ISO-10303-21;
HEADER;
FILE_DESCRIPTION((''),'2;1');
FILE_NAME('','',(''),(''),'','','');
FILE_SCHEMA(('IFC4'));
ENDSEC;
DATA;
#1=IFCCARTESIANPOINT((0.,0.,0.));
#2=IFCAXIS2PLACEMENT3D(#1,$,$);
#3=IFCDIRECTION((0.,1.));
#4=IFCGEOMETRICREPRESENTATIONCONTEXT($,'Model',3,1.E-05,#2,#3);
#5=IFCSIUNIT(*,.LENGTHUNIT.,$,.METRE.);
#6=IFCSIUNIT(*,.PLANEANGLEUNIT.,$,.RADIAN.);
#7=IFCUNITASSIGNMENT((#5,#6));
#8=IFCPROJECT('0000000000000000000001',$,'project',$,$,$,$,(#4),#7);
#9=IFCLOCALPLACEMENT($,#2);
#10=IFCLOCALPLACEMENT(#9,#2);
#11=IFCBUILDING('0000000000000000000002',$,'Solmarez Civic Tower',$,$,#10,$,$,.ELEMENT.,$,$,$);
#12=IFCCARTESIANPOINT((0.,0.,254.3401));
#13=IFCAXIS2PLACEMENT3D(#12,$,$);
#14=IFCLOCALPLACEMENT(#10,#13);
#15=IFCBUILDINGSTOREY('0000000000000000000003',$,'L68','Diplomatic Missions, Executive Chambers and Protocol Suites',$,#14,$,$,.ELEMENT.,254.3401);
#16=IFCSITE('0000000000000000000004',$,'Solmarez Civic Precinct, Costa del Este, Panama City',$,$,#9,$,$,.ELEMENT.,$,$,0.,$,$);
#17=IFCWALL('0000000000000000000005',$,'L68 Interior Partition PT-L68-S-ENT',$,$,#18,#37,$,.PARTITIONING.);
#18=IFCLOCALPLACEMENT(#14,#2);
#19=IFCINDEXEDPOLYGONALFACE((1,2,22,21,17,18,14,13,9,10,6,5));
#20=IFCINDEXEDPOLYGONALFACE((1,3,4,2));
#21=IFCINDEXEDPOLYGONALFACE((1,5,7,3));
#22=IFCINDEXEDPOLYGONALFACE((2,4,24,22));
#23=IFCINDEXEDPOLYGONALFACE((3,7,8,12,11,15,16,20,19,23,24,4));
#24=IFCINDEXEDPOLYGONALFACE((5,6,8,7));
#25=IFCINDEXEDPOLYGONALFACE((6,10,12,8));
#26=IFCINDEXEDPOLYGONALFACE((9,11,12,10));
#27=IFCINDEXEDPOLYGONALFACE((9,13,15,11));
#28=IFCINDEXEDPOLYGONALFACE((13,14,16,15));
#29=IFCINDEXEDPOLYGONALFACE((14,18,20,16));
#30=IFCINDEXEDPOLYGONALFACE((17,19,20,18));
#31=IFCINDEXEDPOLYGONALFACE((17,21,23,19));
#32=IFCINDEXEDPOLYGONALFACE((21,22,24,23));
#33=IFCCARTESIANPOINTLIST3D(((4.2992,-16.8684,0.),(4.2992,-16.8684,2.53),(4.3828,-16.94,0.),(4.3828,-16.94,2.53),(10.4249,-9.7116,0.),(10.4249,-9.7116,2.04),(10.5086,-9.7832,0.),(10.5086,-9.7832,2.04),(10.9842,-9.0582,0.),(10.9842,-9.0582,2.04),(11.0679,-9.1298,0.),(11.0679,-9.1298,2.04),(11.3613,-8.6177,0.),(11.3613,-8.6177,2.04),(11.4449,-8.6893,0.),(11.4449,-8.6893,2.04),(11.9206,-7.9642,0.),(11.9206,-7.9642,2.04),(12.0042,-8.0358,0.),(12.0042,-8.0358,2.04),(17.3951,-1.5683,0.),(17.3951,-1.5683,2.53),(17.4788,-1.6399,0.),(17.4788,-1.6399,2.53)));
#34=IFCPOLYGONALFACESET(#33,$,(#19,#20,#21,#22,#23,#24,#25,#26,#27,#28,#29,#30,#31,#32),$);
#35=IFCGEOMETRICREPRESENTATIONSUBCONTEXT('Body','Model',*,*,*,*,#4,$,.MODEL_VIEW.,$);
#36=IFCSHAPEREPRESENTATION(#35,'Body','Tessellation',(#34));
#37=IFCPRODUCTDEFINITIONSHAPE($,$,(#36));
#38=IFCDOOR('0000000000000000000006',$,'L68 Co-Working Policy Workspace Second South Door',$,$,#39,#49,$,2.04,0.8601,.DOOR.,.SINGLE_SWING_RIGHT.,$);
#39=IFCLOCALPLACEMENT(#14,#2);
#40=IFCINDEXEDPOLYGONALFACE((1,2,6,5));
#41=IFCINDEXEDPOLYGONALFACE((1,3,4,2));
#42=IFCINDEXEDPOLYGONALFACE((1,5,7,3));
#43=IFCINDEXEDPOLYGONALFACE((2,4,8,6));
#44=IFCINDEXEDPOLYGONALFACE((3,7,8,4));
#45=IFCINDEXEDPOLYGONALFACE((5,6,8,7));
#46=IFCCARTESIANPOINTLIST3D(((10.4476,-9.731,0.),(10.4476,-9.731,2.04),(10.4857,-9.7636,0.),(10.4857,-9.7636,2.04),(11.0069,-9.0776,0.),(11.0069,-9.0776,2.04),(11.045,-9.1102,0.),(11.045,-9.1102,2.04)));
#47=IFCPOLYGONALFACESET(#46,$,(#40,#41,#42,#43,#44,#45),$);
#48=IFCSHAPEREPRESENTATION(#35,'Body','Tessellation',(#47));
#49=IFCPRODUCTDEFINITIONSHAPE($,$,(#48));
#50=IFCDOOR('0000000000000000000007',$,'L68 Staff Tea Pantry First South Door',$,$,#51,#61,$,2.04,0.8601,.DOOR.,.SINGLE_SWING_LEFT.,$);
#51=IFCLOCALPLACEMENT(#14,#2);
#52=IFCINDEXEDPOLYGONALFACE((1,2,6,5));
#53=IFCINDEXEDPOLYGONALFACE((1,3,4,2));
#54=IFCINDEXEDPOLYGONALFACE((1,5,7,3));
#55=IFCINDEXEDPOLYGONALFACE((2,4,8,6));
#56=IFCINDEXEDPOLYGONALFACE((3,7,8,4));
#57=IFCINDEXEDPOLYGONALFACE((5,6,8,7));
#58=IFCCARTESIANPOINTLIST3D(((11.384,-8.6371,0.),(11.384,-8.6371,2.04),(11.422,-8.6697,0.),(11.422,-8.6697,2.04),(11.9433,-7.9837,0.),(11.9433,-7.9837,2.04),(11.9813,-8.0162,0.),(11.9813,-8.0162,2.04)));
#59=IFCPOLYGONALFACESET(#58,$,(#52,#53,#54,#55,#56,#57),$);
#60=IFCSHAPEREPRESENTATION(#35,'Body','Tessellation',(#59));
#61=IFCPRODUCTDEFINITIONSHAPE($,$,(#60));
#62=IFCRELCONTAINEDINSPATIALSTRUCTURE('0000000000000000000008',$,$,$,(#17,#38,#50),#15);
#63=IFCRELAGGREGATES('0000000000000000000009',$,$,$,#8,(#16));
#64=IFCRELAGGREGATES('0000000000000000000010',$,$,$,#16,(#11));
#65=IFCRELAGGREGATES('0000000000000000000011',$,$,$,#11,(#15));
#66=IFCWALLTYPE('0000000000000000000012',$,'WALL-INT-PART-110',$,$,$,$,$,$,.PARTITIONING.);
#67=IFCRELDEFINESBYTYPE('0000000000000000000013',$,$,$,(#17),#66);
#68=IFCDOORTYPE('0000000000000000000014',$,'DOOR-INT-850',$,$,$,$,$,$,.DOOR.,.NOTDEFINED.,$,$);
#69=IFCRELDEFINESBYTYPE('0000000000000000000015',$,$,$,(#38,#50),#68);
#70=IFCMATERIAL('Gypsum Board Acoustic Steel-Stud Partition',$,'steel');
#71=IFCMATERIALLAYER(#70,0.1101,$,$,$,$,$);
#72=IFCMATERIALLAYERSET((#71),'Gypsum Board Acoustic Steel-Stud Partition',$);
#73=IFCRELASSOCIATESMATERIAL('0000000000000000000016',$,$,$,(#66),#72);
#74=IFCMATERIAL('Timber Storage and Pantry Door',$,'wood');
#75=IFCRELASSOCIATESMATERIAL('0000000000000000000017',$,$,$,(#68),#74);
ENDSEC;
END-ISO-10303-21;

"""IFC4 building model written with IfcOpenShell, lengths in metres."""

from ifc_helpers import new_model, si_unit, direction, frame, frame_2d, origin, place, context, subcontext, project, spatial, rectangle, extrude, material, layer, layer_set, type_object, element, fill, save


model = new_model("IFC4")

# Units and contexts
model_context = context("Model", 3, precision=1e-05, world=origin(), true_north=direction((0.0, 1.0)))
body_context = subcontext(model_context, "Body", "Model", "MODEL_VIEW")
ifc_project = project(units=[si_unit("LENGTHUNIT", "METRE"), si_unit("PLANEANGLEUNIT", "RADIAN")], contexts=[model_context])

# Site, building, storey
site_placement = place(None, origin())
site = spatial("IfcSite", under=ifc_project, at=site_placement, Name="Solmarez Civic Precinct, Costa del Este, Panama City", CompositionType="ELEMENT", RefElevation=0.0)
building_placement = place(site_placement, origin())
building = spatial("IfcBuilding", under=site, at=building_placement, Name="Solmarez Civic Tower", CompositionType="ELEMENT")
storey_placement = place(building_placement, frame((0.0, 0.0, 254.3401)))
storey = spatial("IfcBuildingStorey", under=building, at=storey_placement, Name="L68", Description="Diplomatic Missions, Executive Chambers and Protocol Suites", CompositionType="ELEMENT", Elevation=254.3401)

# Shared definitions
ifc_material_1 = material(Name="Gypsum Board Acoustic Steel-Stud Partition", Category="steel")
ifc_layer_1 = layer(ifc_material_1, 0.1101)
ifc_layer_set_1 = layer_set([ifc_layer_1], Name="Gypsum Board Acoustic Steel-Stud Partition")
wall_type_1 = type_object("IfcWallType", Name="WALL-INT-PART-110", PredefinedType="PARTITIONING", material=ifc_layer_set_1)

# Wall, openings, doors
wall_1_placement = place(storey_placement, frame((17.437, -1.604, 0.0), z_axis=(0.0, 0.0, 1.0), x_axis=(-0.650265, -0.759707, 0.0)))
wall_1 = element("IfcWall", 1, at=wall_1_placement, inside=storey, type_object=wall_type_1, Name="L68 Interior Partition PT-L68-S-ENT", PredefinedType="PARTITIONING", context=body_context, shape_type="SweptSolid", body=[
    extrude(rectangle(XDim=20.1394, YDim=0.1101, at=frame_2d((10.0698, 0.0))), origin(), (0.0, 0.0, 1.0), 2.53),
])
opening_1_placement = place(wall_1_placement, frame((9.8589, 0.0, 0.0)))
opening_1 = element("IfcOpeningElement", 2, at=opening_1_placement, cuts=wall_1, PredefinedType="OPENING", context=body_context, shape_type="SweptSolid", body=[
    extrude(rectangle(XDim=0.8601, YDim=2.04, at=frame_2d((0.4302, 1.02))), frame((0.0, 0.0649, 0.0), z_axis=(0.0, -1.0, 0.0), x_axis=(1.0, 0.0, 0.0)), (0.0, 0.0, 1.0), 0.1301),
])
opening_2_placement = place(wall_1_placement, frame((8.4189, 0.0, 0.0)))
opening_2 = element("IfcOpeningElement", 3, at=opening_2_placement, cuts=wall_1, PredefinedType="OPENING", context=body_context, shape_type="SweptSolid", body=[
    extrude(rectangle(XDim=0.8601, YDim=2.04, at=frame_2d((0.4302, 1.02))), frame((0.0, 0.0649, 0.0), z_axis=(0.0, -1.0, 0.0), x_axis=(1.0, 0.0, 0.0)), (0.0, 0.0, 1.0), 0.1301),
])
ifc_material_2 = material(Name="Timber Storage and Pantry Door", Category="wood")
door_type = type_object("IfcDoorType", Name="DOOR-INT-850", OperationType="NOTDEFINED", PredefinedType="DOOR", material=ifc_material_2)
door_1_placement = place(opening_1_placement, origin())
door_1 = element("IfcDoor", 4, at=door_1_placement, inside=storey, type_object=door_type, Name="L68 Co-Working Policy Workspace Second South Door", OperationType="SINGLE_SWING_RIGHT", OverallHeight=2.04, OverallWidth=0.8601, PredefinedType="DOOR", context=body_context, shape_type="SweptSolid", body=[
    extrude(rectangle(XDim=0.8601, YDim=2.04, at=frame_2d((0.4302, 1.02))), frame((0.0, 0.0249, 0.0), z_axis=(0.0, -1.0, 0.0), x_axis=(1.0, 0.0, 0.0)), (0.0, 0.0, 1.0), 0.05),
])
fill(opening_1, door_1)
door_2_placement = place(opening_2_placement, origin())
door_2 = element("IfcDoor", 5, at=door_2_placement, inside=storey, type_object=door_type, Name="L68 Staff Tea Pantry First South Door", OperationType="SINGLE_SWING_LEFT", OverallHeight=2.04, OverallWidth=0.8601, PredefinedType="DOOR", context=body_context, shape_type="SweptSolid", body=[
    extrude(rectangle(XDim=0.8601, YDim=2.04, at=frame_2d((0.4302, 1.02))), frame((0.0, 0.0249, 0.0), z_axis=(0.0, -1.0, 0.0), x_axis=(1.0, 0.0, 0.0)), (0.0, 0.0, 1.0), 0.05),
])
fill(opening_2, door_2)

save(model, "model.ifc")
